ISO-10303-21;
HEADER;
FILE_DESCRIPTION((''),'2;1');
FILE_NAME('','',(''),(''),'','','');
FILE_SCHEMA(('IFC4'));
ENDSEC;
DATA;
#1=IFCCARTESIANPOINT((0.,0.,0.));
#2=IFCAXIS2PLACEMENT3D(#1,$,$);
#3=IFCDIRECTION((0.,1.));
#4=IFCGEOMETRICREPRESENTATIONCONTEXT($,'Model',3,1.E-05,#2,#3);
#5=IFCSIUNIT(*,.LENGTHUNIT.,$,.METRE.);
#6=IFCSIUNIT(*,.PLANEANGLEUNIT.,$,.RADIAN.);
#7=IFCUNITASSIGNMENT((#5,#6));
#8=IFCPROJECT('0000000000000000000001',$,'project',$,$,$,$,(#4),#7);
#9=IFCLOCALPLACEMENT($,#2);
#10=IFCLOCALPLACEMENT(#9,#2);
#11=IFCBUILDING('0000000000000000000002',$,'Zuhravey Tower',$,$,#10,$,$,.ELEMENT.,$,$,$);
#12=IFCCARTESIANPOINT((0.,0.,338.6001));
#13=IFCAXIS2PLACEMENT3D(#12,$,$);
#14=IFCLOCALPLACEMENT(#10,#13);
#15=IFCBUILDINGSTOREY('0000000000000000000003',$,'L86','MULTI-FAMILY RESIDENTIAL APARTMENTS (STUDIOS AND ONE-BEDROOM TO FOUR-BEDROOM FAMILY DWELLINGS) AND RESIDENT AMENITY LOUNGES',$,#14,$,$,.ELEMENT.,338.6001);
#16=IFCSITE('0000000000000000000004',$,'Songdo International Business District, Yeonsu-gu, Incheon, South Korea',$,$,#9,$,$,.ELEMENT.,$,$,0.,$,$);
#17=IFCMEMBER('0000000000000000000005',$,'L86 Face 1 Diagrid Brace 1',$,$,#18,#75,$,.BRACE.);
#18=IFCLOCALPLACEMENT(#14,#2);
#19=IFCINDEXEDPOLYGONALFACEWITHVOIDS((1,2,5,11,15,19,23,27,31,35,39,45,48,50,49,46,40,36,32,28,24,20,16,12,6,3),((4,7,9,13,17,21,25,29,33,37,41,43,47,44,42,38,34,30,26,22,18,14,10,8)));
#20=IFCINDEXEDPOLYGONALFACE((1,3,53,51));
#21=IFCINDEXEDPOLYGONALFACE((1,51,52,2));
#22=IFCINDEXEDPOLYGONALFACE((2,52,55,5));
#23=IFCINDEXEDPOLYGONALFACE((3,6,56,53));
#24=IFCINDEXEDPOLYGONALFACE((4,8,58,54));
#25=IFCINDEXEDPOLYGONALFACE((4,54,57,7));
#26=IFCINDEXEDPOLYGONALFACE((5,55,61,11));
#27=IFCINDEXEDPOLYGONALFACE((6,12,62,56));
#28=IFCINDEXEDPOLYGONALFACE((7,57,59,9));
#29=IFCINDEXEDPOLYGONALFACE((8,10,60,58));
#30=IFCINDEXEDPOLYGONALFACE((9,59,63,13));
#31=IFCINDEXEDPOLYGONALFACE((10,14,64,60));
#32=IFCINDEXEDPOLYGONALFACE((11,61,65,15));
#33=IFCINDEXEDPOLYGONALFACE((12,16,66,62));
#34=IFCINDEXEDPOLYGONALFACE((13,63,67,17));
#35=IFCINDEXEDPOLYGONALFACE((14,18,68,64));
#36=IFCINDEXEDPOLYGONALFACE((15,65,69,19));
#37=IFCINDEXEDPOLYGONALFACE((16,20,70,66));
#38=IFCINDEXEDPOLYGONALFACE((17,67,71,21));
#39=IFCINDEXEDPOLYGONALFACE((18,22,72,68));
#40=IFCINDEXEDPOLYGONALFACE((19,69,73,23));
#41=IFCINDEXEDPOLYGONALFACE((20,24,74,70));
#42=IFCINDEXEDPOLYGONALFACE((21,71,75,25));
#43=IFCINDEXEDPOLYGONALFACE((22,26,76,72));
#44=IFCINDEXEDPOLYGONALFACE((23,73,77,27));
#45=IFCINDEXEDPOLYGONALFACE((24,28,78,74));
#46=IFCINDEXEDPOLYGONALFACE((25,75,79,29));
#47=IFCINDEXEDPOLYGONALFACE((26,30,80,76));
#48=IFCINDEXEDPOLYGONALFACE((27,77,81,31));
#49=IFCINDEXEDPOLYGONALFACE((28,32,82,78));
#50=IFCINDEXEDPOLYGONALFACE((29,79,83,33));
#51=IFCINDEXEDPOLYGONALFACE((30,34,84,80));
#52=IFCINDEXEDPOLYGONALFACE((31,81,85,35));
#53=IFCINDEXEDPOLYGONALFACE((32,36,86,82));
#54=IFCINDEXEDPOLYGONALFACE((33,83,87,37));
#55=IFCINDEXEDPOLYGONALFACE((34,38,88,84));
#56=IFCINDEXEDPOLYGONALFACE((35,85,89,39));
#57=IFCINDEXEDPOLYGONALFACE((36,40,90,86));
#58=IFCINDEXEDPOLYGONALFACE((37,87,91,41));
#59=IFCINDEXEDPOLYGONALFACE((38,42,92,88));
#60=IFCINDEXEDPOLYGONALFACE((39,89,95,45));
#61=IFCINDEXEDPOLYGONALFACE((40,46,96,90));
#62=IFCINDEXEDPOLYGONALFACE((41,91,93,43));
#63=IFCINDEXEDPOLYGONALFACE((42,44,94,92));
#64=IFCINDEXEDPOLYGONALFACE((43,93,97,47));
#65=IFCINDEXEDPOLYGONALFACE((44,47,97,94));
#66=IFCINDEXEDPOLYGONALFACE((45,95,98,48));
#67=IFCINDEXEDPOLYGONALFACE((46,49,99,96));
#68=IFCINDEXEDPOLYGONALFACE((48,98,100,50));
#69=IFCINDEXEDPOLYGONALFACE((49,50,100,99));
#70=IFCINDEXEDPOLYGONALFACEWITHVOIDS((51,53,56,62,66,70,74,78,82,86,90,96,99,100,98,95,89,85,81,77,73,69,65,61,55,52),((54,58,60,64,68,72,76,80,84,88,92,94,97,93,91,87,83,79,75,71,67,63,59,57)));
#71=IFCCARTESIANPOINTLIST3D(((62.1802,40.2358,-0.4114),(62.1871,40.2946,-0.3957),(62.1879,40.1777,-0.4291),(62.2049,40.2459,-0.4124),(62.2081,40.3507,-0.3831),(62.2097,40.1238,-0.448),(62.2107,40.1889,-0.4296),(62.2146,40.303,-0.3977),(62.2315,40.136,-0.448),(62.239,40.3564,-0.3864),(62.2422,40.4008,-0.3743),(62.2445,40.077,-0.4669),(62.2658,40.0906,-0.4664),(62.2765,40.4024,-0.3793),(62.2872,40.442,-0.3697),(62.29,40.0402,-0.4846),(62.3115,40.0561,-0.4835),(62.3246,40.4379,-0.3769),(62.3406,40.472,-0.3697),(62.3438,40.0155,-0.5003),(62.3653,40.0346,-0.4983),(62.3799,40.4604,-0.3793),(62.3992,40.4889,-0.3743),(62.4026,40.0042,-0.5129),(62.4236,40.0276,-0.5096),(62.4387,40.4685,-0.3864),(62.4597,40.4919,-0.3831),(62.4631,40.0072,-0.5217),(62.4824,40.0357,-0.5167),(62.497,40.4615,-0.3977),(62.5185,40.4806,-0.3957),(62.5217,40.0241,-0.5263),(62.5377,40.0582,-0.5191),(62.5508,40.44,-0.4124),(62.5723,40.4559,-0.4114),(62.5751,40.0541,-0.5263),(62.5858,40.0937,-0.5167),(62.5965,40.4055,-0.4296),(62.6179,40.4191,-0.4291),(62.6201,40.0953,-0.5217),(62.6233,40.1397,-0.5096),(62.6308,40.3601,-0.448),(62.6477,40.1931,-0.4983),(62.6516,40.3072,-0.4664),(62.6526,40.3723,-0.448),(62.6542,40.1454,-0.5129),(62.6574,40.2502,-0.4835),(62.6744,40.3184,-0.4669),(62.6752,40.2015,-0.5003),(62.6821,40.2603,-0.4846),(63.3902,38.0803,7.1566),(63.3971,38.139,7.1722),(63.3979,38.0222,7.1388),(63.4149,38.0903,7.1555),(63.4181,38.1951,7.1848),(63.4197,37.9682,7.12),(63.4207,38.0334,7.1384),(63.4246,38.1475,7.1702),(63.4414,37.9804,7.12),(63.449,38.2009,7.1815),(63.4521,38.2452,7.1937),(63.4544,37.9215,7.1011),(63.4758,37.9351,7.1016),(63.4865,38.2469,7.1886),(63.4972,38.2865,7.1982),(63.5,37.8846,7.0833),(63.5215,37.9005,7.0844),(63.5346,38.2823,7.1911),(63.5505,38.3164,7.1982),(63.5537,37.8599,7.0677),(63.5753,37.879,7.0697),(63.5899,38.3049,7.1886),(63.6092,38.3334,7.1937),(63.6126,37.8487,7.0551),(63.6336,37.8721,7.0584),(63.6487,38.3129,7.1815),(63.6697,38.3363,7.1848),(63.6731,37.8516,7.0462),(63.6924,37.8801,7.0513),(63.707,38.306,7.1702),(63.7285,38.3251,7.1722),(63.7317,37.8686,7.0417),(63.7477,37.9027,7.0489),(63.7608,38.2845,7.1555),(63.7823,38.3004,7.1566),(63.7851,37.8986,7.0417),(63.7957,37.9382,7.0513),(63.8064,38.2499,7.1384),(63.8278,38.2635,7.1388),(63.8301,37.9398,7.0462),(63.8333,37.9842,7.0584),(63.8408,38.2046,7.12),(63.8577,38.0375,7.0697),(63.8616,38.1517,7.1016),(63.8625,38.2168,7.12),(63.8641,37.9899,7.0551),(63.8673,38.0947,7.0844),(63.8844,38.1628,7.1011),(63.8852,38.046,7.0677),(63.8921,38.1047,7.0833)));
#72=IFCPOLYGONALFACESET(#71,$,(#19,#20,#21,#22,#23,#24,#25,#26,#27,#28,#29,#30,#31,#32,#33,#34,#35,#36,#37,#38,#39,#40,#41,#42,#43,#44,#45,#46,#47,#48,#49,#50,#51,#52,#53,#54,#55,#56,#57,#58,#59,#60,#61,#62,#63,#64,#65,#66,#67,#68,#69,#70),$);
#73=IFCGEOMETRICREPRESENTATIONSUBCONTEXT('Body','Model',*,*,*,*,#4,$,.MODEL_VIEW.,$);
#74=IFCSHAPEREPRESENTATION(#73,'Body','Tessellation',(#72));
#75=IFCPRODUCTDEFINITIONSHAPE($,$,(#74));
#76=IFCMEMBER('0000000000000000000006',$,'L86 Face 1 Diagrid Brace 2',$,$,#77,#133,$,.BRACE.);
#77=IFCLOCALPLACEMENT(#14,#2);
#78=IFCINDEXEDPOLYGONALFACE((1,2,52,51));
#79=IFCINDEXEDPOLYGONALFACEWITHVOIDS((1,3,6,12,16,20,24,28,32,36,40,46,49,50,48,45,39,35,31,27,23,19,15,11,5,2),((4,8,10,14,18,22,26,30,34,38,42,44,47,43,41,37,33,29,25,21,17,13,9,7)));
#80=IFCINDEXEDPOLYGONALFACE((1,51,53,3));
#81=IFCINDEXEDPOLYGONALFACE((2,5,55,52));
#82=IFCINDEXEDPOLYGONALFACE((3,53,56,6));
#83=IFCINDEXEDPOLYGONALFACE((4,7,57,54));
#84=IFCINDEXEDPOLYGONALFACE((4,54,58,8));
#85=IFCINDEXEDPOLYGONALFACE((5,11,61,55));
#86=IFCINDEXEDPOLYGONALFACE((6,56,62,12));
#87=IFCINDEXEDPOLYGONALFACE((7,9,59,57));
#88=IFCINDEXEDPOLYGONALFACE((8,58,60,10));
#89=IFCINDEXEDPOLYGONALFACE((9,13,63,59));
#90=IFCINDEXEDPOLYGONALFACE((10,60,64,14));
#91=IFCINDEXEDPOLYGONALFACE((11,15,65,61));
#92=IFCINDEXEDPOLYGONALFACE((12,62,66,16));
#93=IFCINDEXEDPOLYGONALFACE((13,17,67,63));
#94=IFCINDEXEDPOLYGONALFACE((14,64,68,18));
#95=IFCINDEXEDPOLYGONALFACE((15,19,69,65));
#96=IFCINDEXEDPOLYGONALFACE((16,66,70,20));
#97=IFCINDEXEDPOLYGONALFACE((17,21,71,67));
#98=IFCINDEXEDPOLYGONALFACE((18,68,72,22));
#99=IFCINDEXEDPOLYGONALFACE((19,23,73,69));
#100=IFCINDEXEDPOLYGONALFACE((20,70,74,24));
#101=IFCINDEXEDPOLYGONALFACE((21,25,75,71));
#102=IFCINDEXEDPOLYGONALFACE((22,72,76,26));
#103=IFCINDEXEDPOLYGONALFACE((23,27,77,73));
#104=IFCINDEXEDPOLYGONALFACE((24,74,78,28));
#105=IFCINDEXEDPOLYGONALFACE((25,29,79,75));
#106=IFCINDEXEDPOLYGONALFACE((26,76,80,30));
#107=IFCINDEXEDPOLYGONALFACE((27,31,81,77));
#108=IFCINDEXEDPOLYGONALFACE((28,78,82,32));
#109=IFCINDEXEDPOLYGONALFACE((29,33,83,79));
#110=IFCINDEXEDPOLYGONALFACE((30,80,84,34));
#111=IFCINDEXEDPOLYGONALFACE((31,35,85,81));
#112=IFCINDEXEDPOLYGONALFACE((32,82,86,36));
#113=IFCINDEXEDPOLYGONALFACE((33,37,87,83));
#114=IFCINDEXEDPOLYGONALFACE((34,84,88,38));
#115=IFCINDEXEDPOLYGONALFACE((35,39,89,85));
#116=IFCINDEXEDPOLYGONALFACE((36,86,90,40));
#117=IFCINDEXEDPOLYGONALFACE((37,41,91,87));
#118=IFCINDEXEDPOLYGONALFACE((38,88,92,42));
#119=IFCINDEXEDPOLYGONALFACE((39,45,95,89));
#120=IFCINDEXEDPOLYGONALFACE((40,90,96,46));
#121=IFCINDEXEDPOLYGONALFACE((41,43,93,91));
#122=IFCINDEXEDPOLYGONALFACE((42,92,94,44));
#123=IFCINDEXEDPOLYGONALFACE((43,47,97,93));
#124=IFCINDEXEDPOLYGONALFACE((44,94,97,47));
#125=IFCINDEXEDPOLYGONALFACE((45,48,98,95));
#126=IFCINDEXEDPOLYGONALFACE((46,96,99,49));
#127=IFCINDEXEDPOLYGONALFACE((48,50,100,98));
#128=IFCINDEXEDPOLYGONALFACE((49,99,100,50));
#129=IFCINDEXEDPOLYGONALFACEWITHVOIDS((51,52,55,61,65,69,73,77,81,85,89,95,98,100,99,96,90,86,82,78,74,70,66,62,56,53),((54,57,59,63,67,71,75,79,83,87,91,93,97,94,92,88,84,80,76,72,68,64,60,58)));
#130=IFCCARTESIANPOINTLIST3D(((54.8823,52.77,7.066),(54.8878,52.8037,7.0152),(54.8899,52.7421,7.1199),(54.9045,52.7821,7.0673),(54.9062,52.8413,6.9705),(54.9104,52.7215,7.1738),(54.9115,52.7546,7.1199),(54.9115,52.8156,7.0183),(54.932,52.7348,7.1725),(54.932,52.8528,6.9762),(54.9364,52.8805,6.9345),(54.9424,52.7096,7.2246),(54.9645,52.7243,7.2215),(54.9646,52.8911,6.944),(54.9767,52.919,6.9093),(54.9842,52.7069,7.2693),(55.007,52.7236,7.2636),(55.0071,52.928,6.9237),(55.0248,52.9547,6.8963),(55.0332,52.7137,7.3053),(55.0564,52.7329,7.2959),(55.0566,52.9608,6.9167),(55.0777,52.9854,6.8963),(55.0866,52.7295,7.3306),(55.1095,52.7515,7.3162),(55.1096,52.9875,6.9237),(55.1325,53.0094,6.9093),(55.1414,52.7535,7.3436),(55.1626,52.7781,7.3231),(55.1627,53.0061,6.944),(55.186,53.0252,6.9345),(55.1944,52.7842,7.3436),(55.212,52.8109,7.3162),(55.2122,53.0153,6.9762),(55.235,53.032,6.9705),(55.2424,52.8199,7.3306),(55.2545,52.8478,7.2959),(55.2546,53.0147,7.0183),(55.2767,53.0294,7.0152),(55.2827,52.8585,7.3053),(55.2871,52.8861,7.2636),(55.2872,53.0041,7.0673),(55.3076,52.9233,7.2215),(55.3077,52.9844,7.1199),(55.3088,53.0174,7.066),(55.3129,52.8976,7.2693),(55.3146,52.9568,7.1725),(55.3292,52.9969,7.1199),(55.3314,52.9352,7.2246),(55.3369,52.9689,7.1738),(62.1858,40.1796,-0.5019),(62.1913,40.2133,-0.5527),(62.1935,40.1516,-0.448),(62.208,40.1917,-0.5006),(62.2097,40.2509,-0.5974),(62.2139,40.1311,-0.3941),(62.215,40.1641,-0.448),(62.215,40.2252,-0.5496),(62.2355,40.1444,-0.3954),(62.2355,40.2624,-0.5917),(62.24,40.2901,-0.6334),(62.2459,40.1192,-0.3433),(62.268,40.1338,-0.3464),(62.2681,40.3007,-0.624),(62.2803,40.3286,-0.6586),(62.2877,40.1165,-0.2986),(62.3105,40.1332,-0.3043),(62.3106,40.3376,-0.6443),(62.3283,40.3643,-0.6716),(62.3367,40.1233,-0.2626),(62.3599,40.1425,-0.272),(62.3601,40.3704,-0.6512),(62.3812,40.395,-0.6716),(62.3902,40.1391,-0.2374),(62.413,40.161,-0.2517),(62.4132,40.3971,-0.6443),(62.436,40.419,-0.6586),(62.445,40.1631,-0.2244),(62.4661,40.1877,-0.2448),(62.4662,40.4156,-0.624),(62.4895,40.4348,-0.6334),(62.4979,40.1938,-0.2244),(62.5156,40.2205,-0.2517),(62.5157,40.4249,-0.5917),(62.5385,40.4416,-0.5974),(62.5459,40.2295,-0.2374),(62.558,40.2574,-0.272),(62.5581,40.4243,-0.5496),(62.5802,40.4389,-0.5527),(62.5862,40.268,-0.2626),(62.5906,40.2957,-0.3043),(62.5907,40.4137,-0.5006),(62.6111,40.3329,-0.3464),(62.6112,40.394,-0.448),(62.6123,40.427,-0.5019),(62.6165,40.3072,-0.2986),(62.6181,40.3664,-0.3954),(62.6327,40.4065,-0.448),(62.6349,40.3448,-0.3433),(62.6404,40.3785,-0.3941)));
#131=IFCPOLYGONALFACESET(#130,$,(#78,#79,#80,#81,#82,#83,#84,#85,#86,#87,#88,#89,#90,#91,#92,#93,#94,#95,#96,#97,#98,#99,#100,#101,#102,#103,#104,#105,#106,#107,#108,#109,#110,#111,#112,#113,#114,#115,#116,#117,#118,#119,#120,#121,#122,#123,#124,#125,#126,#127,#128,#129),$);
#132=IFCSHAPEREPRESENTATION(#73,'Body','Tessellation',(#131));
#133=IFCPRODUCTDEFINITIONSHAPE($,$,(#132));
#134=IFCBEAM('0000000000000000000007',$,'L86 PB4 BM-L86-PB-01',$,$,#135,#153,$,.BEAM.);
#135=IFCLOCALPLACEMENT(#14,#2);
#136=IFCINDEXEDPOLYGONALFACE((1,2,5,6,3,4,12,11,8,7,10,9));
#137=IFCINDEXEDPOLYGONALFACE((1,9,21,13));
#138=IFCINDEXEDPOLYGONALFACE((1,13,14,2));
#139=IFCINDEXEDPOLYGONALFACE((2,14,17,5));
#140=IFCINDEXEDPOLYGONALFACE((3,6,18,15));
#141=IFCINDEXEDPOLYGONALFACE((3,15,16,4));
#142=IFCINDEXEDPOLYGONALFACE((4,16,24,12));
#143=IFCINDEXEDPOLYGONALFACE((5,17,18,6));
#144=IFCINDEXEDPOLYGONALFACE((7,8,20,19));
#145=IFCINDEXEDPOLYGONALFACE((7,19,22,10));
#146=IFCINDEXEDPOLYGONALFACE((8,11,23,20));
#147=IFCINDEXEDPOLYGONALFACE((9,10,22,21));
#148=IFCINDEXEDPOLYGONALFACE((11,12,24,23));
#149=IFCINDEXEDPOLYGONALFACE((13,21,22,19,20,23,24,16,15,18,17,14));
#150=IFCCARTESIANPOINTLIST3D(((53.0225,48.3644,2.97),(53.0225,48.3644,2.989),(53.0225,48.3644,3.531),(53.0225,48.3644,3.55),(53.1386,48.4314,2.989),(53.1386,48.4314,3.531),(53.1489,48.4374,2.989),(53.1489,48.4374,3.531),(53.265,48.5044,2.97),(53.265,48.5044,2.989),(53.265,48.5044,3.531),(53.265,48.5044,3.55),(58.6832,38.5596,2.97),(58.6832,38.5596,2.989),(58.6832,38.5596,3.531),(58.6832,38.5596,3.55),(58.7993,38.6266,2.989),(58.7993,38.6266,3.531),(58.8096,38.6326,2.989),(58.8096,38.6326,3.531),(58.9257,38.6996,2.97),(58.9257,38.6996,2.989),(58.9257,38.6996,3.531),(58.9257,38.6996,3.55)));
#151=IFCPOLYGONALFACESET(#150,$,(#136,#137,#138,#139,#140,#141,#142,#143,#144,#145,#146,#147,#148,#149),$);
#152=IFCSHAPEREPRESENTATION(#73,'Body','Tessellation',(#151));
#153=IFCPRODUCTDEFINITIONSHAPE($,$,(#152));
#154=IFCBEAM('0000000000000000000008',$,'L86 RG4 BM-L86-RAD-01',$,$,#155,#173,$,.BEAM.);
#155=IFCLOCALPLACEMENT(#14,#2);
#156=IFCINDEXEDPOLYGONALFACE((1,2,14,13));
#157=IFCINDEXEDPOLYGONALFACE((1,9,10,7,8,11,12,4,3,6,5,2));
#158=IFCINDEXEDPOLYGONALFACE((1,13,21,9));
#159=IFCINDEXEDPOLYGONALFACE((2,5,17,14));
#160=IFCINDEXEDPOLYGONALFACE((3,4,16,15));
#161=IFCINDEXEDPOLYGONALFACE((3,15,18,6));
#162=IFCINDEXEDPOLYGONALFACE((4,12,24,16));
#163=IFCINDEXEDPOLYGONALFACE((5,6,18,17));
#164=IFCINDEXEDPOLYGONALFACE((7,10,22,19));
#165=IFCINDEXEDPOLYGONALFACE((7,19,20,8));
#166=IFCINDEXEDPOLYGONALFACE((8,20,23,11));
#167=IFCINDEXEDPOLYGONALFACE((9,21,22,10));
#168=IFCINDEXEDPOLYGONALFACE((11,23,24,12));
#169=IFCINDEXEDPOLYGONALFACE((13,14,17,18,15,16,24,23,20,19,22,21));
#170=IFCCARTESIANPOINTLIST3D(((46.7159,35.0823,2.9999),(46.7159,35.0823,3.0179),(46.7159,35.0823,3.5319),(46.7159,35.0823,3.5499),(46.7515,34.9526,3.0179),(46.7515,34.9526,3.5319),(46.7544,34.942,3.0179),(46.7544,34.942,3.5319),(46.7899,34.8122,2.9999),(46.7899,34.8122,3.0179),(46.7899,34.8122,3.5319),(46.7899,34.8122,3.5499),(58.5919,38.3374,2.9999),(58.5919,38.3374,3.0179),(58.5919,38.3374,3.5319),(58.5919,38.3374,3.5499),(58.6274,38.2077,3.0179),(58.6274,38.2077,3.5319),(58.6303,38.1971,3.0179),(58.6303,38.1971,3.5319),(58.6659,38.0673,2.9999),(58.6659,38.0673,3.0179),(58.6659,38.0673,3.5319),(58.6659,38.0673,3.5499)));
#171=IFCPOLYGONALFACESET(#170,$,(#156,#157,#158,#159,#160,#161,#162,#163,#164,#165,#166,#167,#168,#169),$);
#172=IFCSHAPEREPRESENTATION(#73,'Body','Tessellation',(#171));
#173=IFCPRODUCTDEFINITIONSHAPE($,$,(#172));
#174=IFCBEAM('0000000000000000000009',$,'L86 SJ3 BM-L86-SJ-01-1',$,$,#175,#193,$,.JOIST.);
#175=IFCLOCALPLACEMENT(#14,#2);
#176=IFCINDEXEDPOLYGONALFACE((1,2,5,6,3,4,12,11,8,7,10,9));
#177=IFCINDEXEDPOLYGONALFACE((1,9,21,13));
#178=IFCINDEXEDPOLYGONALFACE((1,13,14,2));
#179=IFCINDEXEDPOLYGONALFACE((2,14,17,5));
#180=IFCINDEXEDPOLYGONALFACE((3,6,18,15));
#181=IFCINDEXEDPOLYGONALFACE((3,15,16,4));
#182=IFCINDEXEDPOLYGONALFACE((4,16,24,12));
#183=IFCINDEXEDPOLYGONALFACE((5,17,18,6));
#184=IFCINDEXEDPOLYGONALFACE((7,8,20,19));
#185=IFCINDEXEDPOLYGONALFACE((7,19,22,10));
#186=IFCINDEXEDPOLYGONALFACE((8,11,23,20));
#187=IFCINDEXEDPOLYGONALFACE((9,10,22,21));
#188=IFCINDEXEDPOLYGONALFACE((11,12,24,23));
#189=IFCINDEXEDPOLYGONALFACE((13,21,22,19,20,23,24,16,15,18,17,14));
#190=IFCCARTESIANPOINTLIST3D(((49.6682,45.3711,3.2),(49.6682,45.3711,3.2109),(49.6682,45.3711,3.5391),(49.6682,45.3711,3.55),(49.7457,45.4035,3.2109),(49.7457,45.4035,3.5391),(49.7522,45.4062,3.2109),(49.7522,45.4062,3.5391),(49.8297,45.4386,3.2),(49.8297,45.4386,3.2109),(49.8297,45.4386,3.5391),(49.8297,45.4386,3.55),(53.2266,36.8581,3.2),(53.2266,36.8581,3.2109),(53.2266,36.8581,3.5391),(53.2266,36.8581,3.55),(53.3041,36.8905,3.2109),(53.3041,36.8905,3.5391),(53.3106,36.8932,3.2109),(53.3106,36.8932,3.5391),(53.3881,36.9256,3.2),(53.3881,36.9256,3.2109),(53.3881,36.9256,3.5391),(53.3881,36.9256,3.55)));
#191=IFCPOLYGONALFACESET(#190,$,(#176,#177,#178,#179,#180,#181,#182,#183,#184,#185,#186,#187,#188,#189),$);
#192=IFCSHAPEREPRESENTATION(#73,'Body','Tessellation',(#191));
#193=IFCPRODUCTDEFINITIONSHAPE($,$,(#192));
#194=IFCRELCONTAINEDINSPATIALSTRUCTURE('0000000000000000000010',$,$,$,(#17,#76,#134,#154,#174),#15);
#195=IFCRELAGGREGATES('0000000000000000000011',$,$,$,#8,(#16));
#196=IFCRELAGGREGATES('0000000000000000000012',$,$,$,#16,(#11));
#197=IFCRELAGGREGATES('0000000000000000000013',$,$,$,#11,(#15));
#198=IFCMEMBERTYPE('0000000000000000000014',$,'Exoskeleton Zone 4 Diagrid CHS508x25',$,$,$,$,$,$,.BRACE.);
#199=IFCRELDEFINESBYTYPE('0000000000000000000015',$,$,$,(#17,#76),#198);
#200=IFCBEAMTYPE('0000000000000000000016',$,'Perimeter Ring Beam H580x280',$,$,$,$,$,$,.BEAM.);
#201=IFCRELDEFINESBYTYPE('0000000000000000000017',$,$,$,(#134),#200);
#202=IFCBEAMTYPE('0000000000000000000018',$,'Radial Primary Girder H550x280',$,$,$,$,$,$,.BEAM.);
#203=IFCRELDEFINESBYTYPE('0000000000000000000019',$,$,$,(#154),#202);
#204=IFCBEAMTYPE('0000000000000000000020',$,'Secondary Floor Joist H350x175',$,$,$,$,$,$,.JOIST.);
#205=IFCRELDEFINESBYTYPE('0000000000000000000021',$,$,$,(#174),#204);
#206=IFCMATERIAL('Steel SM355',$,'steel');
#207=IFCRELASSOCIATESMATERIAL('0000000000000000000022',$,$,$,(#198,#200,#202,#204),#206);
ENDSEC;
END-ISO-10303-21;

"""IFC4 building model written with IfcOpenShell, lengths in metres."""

from ifc_helpers import new_model, si_unit, direction, frame, origin, origin_2d, place, context, subcontext, project, spatial, hollow_circle, i_section, extrude, material, material_profile, profile_set, type_object, element, save


model = new_model("IFC4")

# Units and contexts
model_context = context("Model", 3, precision=1e-05, world=origin(), true_north=direction((0.0, 1.0)))
body_context = subcontext(model_context, "Body", "Model", "MODEL_VIEW")
ifc_project = project(units=[si_unit("LENGTHUNIT", "METRE"), si_unit("PLANEANGLEUNIT", "RADIAN")], contexts=[model_context])

# Site, building, storey
site_placement = place(None, origin())
site = spatial("IfcSite", under=ifc_project, at=site_placement, Name="Songdo International Business District, Yeonsu-gu, Incheon, South Korea", CompositionType="ELEMENT", RefElevation=0.0)
building_placement = place(site_placement, origin())
building = spatial("IfcBuilding", under=site, at=building_placement, Name="Zuhravey Tower", CompositionType="ELEMENT")
storey_placement = place(building_placement, frame((0.0, 0.0, 338.6001)))
storey = spatial("IfcBuildingStorey", under=building, at=storey_placement, Name="L86", Description="MULTI-FAMILY RESIDENTIAL APARTMENTS (STUDIOS AND ONE-BEDROOM TO FOUR-BEDROOM FAMILY DWELLINGS) AND RESIDENT AMENITY LOUNGES", CompositionType="ELEMENT", Elevation=338.6001)

# Members
ifc_material_1 = material(Name="Steel SM355", Category="steel")
ifc_material_profile_1 = material_profile(ifc_material_1, hollow_circle(Radius=0.2539, WallThickness=0.0249, at=origin_2d()), Name="CHS-508.0x25")
ifc_profile_set_1 = profile_set([ifc_material_profile_1], Name="Steel SM355")
member_type_1 = type_object("IfcMemberType", Name="Exoskeleton Zone 4 Diagrid CHS508x25", PredefinedType="BRACE", material=ifc_profile_set_1)
member_1_placement = place(storey_placement, frame((62.4312, 40.248, -0.448), z_axis=(0.15198, -0.270748, 0.950578), x_axis=(0.87201, 0.489487, 0.0)))
element("IfcMember", 1, at=member_1_placement, inside=storey, type_object=member_type_1, Name="L86 Face 1 Diagrid Brace 1", PredefinedType="BRACE", context=body_context, shape_type="SweptSolid", body=[
    extrude(hollow_circle(Radius=0.2539, WallThickness=0.0249, at=origin_2d()), origin(), (0.0, 0.0, 1.0), 7.9614),
])
member_2_placement = place(storey_placement, frame((62.4131, 40.2791, -0.448), z_axis=(-0.445193, 0.767461, 0.46131), x_axis=(-0.864999, -0.501773, 0.0)))
element("IfcMember", 2, at=member_2_placement, inside=storey, type_object=member_type_1, Name="L86 Face 1 Diagrid Brace 2", PredefinedType="BRACE", context=body_context, shape_type="SweptSolid", body=[
    extrude(hollow_circle(Radius=0.2539, WallThickness=0.0249, at=origin_2d()), origin(), (0.0, 0.0, 1.0), 16.4053),
])

# Beams
ifc_material_profile_2 = material_profile(ifc_material_1, i_section(OverallWidth=0.28, OverallDepth=0.5801, WebThickness=0.012, FlangeThickness=0.019, at=origin_2d()), Name="H-580x280x12x19")
ifc_profile_set_2 = profile_set([ifc_material_profile_2], Name="Steel SM355")
beam_type_1 = type_object("IfcBeamType", Name="Perimeter Ring Beam H580x280", PredefinedType="BEAM", material=ifc_profile_set_2)
beam_1_placement = place(storey_placement, frame((58.8044, 38.6296, 3.26), z_axis=(-0.499994, 0.866029, 0.0), x_axis=(-0.866029, -0.499994, 0.0)))
element("IfcBeam", 3, at=beam_1_placement, inside=storey, type_object=beam_type_1, Name="L86 PB4 BM-L86-PB-01", PredefinedType="BEAM", context=body_context, shape_type="SweptSolid", body=[
    extrude(i_section(OverallWidth=0.28, OverallDepth=0.5801, WebThickness=0.012, FlangeThickness=0.019, at=origin_2d()), origin(), (0.0, 0.0, 1.0), 11.3215),
])
ifc_material_profile_3 = material_profile(ifc_material_1, i_section(OverallWidth=0.28, OverallDepth=0.55, WebThickness=0.011, FlangeThickness=0.0181, at=origin_2d()), Name="H-550x280x11x18")
ifc_profile_set_3 = profile_set([ifc_material_profile_3], Name="Steel SM355")
beam_type_2 = type_object("IfcBeamType", Name="Radial Primary Girder H550x280", PredefinedType="BEAM", material=ifc_profile_set_3)
beam_2_placement = place(storey_placement, frame((46.7529, 34.9473, 3.2749), z_axis=(0.964429, 0.264344, 0.0), x_axis=(-0.264344, 0.964429, 0.0)))
element("IfcBeam", 4, at=beam_2_placement, inside=storey, type_object=beam_type_2, Name="L86 RG4 BM-L86-RAD-01", PredefinedType="BEAM", context=body_context, shape_type="SweptSolid", body=[
    extrude(i_section(OverallWidth=0.28, OverallDepth=0.55, WebThickness=0.011, FlangeThickness=0.0181, at=origin_2d()), origin(), (0.0, 0.0, 1.0), 12.314),
])
ifc_material_profile_4 = material_profile(ifc_material_1, i_section(OverallWidth=0.175, OverallDepth=0.3501, WebThickness=0.0071, FlangeThickness=0.011, at=origin_2d()), Name="H-350x175x7x11")
ifc_profile_set_4 = profile_set([ifc_material_profile_4], Name="Steel SM355")
beam_type_3 = type_object("IfcBeamType", Name="Secondary Floor Joist H350x175", PredefinedType="JOIST", material=ifc_profile_set_4)
beam_3_placement = place(storey_placement, frame((53.3074, 36.8918, 3.375), z_axis=(-0.385658, 0.922642, 0.0), x_axis=(-0.922642, -0.385658, 0.0)))
element("IfcBeam", 5, at=beam_3_placement, inside=storey, type_object=beam_type_3, Name="L86 SJ3 BM-L86-SJ-01-1", PredefinedType="JOIST", context=body_context, shape_type="SweptSolid", body=[
    extrude(i_section(OverallWidth=0.175, OverallDepth=0.3501, WebThickness=0.0071, FlangeThickness=0.011, at=origin_2d()), origin(), (0.0, 0.0, 1.0), 9.2268),
])

save(model, "model.ifc")
